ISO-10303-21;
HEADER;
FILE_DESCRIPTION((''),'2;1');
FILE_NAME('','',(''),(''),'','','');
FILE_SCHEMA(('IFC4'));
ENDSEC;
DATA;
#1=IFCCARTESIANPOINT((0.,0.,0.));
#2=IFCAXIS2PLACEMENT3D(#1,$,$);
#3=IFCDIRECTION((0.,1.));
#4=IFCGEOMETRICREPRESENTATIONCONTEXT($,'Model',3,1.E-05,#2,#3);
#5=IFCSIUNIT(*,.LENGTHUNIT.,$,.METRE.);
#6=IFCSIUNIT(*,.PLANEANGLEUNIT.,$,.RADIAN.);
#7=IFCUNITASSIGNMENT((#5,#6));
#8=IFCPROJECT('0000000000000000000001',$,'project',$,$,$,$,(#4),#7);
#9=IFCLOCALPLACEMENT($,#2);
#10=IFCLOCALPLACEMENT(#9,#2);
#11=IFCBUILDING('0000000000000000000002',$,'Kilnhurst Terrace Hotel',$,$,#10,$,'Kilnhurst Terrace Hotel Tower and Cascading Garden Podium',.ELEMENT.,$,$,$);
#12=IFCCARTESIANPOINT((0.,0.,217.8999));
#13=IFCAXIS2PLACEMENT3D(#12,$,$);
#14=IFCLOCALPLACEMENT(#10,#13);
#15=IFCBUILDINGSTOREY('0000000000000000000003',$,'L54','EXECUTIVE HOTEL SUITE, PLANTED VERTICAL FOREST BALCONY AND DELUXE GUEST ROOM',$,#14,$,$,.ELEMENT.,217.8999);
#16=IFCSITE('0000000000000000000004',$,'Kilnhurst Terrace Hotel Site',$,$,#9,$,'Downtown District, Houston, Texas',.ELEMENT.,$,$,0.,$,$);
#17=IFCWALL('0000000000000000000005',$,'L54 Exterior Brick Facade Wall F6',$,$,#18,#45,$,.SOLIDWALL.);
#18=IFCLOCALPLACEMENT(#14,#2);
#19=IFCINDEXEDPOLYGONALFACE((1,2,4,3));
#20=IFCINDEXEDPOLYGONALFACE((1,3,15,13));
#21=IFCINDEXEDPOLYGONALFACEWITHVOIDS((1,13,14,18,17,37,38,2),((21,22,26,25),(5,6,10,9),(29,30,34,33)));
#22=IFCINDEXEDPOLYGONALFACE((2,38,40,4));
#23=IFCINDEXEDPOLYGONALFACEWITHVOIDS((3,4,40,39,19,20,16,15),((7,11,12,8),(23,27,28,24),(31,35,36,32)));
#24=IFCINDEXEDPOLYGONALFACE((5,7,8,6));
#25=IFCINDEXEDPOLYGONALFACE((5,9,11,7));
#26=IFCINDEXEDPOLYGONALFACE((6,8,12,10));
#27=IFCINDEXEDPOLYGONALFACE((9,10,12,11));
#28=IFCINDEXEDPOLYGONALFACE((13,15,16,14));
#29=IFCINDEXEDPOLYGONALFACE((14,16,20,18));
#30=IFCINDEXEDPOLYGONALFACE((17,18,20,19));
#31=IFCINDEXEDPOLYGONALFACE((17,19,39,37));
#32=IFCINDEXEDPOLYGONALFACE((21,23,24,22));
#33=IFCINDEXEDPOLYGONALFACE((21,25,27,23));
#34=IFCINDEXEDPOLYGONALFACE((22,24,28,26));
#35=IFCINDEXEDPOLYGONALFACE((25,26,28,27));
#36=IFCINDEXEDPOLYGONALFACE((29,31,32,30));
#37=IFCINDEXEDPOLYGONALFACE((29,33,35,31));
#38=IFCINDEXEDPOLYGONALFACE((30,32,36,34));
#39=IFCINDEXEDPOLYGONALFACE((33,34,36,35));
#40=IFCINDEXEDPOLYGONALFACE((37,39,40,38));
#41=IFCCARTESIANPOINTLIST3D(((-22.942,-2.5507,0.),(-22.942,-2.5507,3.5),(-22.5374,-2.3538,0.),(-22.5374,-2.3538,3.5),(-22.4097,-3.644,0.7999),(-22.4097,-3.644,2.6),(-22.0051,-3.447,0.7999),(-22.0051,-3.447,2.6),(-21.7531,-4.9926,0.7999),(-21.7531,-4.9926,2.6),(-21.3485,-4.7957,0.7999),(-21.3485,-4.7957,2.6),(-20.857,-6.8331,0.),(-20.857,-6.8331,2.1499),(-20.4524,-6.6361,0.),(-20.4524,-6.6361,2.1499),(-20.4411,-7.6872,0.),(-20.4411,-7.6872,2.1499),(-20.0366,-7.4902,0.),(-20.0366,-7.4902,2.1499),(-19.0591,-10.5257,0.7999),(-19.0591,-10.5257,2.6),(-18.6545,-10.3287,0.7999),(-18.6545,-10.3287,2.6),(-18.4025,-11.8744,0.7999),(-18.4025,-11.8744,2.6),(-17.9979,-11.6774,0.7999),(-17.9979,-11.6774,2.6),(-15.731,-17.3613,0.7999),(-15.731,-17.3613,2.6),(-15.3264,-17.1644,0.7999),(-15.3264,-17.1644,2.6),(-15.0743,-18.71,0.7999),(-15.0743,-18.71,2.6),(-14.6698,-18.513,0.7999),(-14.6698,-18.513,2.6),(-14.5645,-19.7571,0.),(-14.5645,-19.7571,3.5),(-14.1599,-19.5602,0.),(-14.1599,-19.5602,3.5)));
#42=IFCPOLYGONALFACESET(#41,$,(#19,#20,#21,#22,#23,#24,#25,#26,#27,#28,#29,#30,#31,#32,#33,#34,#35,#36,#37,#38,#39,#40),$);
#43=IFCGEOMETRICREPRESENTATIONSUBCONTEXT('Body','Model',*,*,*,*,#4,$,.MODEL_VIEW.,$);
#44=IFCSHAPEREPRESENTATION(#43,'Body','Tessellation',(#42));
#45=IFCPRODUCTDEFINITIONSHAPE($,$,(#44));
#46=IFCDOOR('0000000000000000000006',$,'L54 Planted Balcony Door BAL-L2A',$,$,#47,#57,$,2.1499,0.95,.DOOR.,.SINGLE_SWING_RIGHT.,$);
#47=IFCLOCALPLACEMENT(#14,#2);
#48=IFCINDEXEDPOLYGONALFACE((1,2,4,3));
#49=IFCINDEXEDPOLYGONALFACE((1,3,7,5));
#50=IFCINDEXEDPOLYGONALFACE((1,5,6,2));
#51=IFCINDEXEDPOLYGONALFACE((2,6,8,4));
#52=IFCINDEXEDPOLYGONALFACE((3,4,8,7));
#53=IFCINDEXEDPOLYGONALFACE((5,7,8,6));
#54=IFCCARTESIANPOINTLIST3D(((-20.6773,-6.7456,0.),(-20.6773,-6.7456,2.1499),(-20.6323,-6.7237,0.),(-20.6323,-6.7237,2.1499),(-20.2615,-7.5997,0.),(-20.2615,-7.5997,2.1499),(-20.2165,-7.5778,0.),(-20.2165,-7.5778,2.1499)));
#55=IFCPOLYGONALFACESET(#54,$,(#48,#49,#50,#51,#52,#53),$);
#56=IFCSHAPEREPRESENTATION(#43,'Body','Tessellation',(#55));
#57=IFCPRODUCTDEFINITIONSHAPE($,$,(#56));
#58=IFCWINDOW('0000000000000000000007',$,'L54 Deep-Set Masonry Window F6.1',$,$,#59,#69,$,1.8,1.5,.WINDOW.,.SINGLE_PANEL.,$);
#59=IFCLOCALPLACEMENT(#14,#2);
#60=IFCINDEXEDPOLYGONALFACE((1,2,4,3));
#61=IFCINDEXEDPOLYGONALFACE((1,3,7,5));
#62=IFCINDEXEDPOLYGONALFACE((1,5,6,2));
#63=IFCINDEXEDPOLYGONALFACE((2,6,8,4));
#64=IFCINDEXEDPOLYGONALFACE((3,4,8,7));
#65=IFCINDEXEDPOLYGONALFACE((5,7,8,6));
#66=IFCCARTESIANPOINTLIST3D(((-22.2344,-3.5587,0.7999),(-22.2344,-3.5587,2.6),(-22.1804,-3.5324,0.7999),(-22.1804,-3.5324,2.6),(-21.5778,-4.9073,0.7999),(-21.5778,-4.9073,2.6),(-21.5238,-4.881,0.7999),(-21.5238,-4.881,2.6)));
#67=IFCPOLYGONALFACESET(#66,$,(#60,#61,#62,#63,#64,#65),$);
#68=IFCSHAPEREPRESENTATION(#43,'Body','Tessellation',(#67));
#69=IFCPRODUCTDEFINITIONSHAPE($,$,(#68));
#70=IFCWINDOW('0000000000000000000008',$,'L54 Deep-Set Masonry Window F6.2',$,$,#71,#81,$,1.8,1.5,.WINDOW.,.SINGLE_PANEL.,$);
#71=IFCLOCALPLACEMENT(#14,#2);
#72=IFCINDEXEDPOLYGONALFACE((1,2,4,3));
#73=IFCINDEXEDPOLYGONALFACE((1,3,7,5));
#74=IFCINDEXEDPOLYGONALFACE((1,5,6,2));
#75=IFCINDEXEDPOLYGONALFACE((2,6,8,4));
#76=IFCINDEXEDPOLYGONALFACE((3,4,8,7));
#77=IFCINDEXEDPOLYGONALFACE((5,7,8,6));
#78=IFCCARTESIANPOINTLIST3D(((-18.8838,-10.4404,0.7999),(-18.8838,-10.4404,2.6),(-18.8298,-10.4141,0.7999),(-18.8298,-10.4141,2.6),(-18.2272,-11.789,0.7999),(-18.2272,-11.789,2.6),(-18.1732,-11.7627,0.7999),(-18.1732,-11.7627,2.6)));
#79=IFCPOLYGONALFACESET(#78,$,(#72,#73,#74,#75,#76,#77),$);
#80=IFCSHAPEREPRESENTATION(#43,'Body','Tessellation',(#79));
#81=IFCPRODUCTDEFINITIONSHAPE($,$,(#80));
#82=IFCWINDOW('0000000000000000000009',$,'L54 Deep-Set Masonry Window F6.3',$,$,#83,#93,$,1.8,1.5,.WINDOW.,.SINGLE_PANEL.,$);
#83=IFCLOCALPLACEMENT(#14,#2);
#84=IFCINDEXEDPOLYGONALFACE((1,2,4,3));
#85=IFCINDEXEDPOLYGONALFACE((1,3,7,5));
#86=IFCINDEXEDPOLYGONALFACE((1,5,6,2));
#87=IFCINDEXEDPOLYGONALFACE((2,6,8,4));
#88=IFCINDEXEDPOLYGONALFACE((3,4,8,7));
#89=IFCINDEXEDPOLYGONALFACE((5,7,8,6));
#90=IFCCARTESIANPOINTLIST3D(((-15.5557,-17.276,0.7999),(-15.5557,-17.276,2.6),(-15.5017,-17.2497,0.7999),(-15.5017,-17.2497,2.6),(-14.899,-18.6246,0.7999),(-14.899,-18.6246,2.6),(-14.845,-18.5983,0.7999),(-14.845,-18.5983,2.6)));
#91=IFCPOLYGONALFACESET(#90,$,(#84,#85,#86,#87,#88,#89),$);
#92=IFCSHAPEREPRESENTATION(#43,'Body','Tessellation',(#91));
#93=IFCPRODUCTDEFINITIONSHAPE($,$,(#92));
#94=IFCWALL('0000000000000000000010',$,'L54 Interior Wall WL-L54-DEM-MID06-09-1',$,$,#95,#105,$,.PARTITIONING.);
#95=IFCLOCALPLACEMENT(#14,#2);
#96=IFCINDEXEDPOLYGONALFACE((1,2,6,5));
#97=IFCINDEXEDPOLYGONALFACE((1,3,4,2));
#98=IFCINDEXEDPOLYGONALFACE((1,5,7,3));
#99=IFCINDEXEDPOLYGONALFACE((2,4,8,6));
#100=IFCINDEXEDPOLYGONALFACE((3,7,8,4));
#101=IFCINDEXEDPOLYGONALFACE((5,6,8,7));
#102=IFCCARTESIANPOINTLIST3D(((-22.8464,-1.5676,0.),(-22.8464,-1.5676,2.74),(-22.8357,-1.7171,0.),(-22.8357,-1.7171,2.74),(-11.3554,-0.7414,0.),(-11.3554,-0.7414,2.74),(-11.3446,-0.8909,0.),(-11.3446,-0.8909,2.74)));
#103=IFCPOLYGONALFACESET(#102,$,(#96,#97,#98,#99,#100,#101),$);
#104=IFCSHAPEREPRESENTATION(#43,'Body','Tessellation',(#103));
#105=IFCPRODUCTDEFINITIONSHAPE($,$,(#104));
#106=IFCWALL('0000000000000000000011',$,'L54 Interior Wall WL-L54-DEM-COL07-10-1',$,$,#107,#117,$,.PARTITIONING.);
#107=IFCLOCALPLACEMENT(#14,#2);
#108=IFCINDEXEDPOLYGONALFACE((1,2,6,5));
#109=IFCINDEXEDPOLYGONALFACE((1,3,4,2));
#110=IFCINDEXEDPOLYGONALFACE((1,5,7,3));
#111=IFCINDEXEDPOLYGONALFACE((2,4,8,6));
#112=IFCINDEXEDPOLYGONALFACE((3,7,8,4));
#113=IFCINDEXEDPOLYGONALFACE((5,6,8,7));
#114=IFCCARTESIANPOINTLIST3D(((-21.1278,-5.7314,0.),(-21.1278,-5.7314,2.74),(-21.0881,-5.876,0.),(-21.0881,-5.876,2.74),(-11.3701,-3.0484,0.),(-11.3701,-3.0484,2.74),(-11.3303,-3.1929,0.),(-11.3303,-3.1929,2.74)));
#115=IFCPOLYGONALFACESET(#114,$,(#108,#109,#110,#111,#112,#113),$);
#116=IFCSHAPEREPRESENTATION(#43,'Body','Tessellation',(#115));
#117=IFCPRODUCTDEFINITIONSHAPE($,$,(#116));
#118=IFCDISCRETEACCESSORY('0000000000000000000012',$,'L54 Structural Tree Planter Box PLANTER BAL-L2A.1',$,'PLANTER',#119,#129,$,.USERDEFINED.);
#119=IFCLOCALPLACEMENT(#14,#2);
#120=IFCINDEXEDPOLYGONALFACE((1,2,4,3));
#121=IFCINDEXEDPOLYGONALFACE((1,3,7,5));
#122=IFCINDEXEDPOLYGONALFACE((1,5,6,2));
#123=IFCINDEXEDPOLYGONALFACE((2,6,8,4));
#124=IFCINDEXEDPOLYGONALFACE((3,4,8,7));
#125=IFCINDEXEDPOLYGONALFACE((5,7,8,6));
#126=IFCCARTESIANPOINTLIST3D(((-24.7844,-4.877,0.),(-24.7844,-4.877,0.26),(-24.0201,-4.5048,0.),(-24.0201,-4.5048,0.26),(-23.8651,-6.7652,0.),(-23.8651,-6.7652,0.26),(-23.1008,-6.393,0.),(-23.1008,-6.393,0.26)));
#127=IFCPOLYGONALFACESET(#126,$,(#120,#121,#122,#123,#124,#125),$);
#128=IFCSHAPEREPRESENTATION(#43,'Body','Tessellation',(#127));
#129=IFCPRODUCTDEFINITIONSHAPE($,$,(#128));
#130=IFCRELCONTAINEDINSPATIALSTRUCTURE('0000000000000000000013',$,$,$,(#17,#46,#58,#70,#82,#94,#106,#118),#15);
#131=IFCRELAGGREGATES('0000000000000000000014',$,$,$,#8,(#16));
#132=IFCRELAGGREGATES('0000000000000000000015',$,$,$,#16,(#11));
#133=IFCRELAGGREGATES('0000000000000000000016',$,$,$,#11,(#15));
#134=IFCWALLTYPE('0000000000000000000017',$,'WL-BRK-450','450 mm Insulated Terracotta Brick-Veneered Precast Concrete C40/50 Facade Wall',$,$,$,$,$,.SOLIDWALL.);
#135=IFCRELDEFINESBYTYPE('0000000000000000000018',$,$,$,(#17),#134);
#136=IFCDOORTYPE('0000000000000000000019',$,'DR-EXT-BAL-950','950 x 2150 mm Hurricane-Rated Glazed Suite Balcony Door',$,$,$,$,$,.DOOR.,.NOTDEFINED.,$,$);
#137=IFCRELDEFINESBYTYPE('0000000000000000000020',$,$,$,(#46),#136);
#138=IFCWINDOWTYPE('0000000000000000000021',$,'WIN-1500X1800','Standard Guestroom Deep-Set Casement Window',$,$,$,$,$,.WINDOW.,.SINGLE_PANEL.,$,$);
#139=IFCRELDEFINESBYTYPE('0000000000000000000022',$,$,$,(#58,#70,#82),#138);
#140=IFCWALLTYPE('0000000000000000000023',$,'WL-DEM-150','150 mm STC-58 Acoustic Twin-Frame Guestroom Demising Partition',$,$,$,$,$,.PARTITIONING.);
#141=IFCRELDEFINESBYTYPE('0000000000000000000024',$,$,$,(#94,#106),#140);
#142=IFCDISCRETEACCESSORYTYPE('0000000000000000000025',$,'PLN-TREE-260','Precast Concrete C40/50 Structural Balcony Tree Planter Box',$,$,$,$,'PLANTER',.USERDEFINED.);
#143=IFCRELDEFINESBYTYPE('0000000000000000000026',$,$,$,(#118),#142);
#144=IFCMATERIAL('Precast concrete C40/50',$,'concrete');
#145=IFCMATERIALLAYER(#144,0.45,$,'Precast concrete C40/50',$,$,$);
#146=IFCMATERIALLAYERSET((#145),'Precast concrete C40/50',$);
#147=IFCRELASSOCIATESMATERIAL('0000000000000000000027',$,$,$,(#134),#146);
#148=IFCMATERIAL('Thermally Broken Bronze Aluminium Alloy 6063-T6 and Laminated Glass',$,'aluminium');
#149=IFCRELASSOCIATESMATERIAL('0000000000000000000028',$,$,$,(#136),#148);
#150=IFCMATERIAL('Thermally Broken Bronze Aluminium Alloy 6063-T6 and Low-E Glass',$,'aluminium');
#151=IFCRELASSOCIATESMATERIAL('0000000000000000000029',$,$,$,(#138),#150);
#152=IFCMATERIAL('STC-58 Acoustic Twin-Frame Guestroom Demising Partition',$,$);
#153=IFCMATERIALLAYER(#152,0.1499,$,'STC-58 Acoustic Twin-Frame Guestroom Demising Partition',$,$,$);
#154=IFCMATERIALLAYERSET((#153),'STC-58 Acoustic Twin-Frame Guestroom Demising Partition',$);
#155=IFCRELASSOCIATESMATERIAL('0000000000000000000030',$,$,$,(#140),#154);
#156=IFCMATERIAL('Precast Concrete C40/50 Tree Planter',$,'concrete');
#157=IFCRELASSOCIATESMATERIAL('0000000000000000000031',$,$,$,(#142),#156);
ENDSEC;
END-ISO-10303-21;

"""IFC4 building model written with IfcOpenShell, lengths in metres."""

from ifc_helpers import new_model, si_unit, direction, frame, frame_2d, origin, origin_2d, place, context, subcontext, project, spatial, rectangle, extrude, material, layer, layer_set, type_object, element, fill, save


model = new_model("IFC4")

# Units and contexts
model_context = context("Model", 3, precision=1e-05, world=origin(), true_north=direction((0.0, 1.0)))
body_context = subcontext(model_context, "Body", "Model", "MODEL_VIEW")
ifc_project = project(units=[si_unit("LENGTHUNIT", "METRE"), si_unit("PLANEANGLEUNIT", "RADIAN")], contexts=[model_context])

# Site, building, storey
site_placement = place(None, origin())
site = spatial("IfcSite", under=ifc_project, at=site_placement, Name="Kilnhurst Terrace Hotel Site", LongName="Downtown District, Houston, Texas", CompositionType="ELEMENT", RefElevation=0.0)
building_placement = place(site_placement, origin())
building = spatial("IfcBuilding", under=site, at=building_placement, Name="Kilnhurst Terrace Hotel", LongName="Kilnhurst Terrace Hotel Tower and Cascading Garden Podium", CompositionType="ELEMENT")
storey_placement = place(building_placement, frame((0.0, 0.0, 217.8999)))
storey = spatial("IfcBuildingStorey", under=building, at=storey_placement, Name="L54", Description="EXECUTIVE HOTEL SUITE, PLANTED VERTICAL FOREST BALCONY AND DELUXE GUEST ROOM", CompositionType="ELEMENT", Elevation=217.8999)

# Shared definitions
ifc_material_1 = material(Name="Precast concrete C40/50", Category="concrete")
ifc_layer_1 = layer(ifc_material_1, 0.45, Name="Precast concrete C40/50")
ifc_layer_set_1 = layer_set([ifc_layer_1], Name="Precast concrete C40/50")
wall_type_1 = type_object("IfcWallType", Name="WL-BRK-450", Description="450 mm Insulated Terracotta Brick-Veneered Precast Concrete C40/50 Facade Wall", PredefinedType="SOLIDWALL", material=ifc_layer_set_1)

# Wall, openings, door, windows
wall_1_placement = place(storey_placement, frame((-22.7397, -2.4521, 0.0), z_axis=(0.0, 0.0, 1.0), x_axis=(0.437753, -0.899095, 0.0)))
wall_1 = element("IfcWall", 1, at=wall_1_placement, inside=storey, type_object=wall_type_1, Name="L54 Exterior Brick Facade Wall F6", PredefinedType="SOLIDWALL", context=body_context, shape_type="SweptSolid", body=[
    extrude(rectangle(XDim=19.1375, YDim=0.45, at=frame_2d((9.5688, 0.0))), origin(), (0.0, 0.0, 1.0), 3.5),
])
opening_1_placement = place(wall_1_placement, frame((4.7629, 0.0, 0.0)))
opening_1 = element("IfcOpeningElement", 2, at=opening_1_placement, cuts=wall_1, PredefinedType="OPENING", context=body_context, shape_type="SweptSolid", body=[
    extrude(rectangle(XDim=0.95, YDim=2.1499, at=frame_2d((0.4751, 1.075))), frame((0.0, 0.2349, 0.0), z_axis=(0.0, -1.0, 0.0), x_axis=(1.0, 0.0, 0.0)), (0.0, 0.0, 1.0), 0.47),
])
opening_2_placement = place(wall_1_placement, frame((1.2161, 0.0, 0.8)))
opening_2 = element("IfcOpeningElement", 3, at=opening_2_placement, cuts=wall_1, PredefinedType="OPENING", context=body_context, shape_type="SweptSolid", body=[
    extrude(rectangle(XDim=1.5, YDim=1.8, at=frame_2d((0.75, 0.8999))), frame((0.0, 0.2349, 0.0), z_axis=(0.0, -1.0, 0.0), x_axis=(1.0, 0.0, 0.0)), (0.0, 0.0, 1.0), 0.47),
])
opening_3_placement = place(wall_1_placement, frame((8.8701, 0.0, 0.8)))
opening_3 = element("IfcOpeningElement", 4, at=opening_3_placement, cuts=wall_1, PredefinedType="OPENING", context=body_context, shape_type="SweptSolid", body=[
    extrude(rectangle(XDim=1.5, YDim=1.8, at=frame_2d((0.75, 0.8999))), frame((0.0, 0.2349, 0.0), z_axis=(0.0, -1.0, 0.0), x_axis=(1.0, 0.0, 0.0)), (0.0, 0.0, 1.0), 0.47),
])
opening_4_placement = place(wall_1_placement, frame((16.4729, 0.0, 0.8)))
opening_4 = element("IfcOpeningElement", 5, at=opening_4_placement, cuts=wall_1, PredefinedType="OPENING", context=body_context, shape_type="SweptSolid", body=[
    extrude(rectangle(XDim=1.5, YDim=1.8, at=frame_2d((0.75, 0.8999))), frame((0.0, 0.2349, 0.0), z_axis=(0.0, -1.0, 0.0), x_axis=(1.0, 0.0, 0.0)), (0.0, 0.0, 1.0), 0.47),
])
ifc_material_2 = material(Name="Thermally Broken Bronze Aluminium Alloy 6063-T6 and Laminated Glass", Category="aluminium")
door_type_1 = type_object("IfcDoorType", Name="DR-EXT-BAL-950", Description="950 x 2150 mm Hurricane-Rated Glazed Suite Balcony Door", OperationType="NOTDEFINED", PredefinedType="DOOR", material=ifc_material_2)
door_1_placement = place(opening_1_placement, origin())
door_1 = element("IfcDoor", 6, at=door_1_placement, inside=storey, type_object=door_type_1, Name="L54 Planted Balcony Door BAL-L2A", OperationType="SINGLE_SWING_RIGHT", OverallHeight=2.1499, OverallWidth=0.95, PredefinedType="DOOR", context=body_context, shape_type="SweptSolid", body=[
    extrude(rectangle(XDim=0.95, YDim=2.1499, at=frame_2d((0.4751, 1.075))), frame((0.0, 0.0249, 0.0), z_axis=(0.0, -1.0, 0.0), x_axis=(1.0, 0.0, 0.0)), (0.0, 0.0, 1.0), 0.05),
])
fill(opening_1, door_1)
ifc_material_3 = material(Name="Thermally Broken Bronze Aluminium Alloy 6063-T6 and Low-E Glass", Category="aluminium")
window_type = type_object("IfcWindowType", Name="WIN-1500X1800", Description="Standard Guestroom Deep-Set Casement Window", PartitioningType="SINGLE_PANEL", PredefinedType="WINDOW", material=ifc_material_3)
window_1_placement = place(opening_2_placement, origin())
window_1 = element("IfcWindow", 7, at=window_1_placement, inside=storey, type_object=window_type, Name="L54 Deep-Set Masonry Window F6.1", OverallHeight=1.8, OverallWidth=1.5, PartitioningType="SINGLE_PANEL", PredefinedType="WINDOW", context=body_context, shape_type="SweptSolid", body=[
    extrude(rectangle(XDim=1.5, YDim=1.8, at=frame_2d((0.75, 0.8999))), frame((0.0, 0.03, 0.0), z_axis=(0.0, -1.0, 0.0), x_axis=(1.0, 0.0, 0.0)), (0.0, 0.0, 1.0), 0.0601),
])
fill(opening_2, window_1)
window_2_placement = place(opening_3_placement, origin())
window_2 = element("IfcWindow", 8, at=window_2_placement, inside=storey, type_object=window_type, Name="L54 Deep-Set Masonry Window F6.2", OverallHeight=1.8, OverallWidth=1.5, PartitioningType="SINGLE_PANEL", PredefinedType="WINDOW", context=body_context, shape_type="SweptSolid", body=[
    extrude(rectangle(XDim=1.5, YDim=1.8, at=frame_2d((0.75, 0.8999))), frame((0.0, 0.03, 0.0), z_axis=(0.0, -1.0, 0.0), x_axis=(1.0, 0.0, 0.0)), (0.0, 0.0, 1.0), 0.0601),
])
fill(opening_3, window_2)
window_3_placement = place(opening_4_placement, origin())
window_3 = element("IfcWindow", 9, at=window_3_placement, inside=storey, type_object=window_type, Name="L54 Deep-Set Masonry Window F6.3", OverallHeight=1.8, OverallWidth=1.5, PartitioningType="SINGLE_PANEL", PredefinedType="WINDOW", context=body_context, shape_type="SweptSolid", body=[
    extrude(rectangle(XDim=1.5, YDim=1.8, at=frame_2d((0.75, 0.8999))), frame((0.0, 0.03, 0.0), z_axis=(0.0, -1.0, 0.0), x_axis=(1.0, 0.0, 0.0)), (0.0, 0.0, 1.0), 0.0601),
])
fill(opening_4, window_3)

# Walls
ifc_material_4 = material(Name="STC-58 Acoustic Twin-Frame Guestroom Demising Partition")
ifc_layer_2 = layer(ifc_material_4, 0.1499, Name="STC-58 Acoustic Twin-Frame Guestroom Demising Partition")
ifc_layer_set_2 = layer_set([ifc_layer_2], Name="STC-58 Acoustic Twin-Frame Guestroom Demising Partition")
wall_type_2 = type_object("IfcWallType", Name="WL-DEM-150", Description="150 mm STC-58 Acoustic Twin-Frame Guestroom Demising Partition", PredefinedType="PARTITIONING", material=ifc_layer_set_2)
wall_2_placement = place(storey_placement, frame((-11.3501, -0.8162, 0.0), z_axis=(0.0, 0.0, 1.0), x_axis=(-0.997425, -0.071711, 0.0)))
element("IfcWall", 10, at=wall_2_placement, inside=storey, type_object=wall_type_2, Name="L54 Interior Wall WL-L54-DEM-MID06-09-1", PredefinedType="PARTITIONING", context=body_context, shape_type="SweptSolid", body=[
    extrude(rectangle(XDim=11.5208, YDim=0.1499, at=frame_2d((5.7603, 0.0))), origin(), (0.0, 0.0, 1.0), 2.74),
])
wall_3_placement = place(storey_placement, frame((-11.3501, -3.1206, 0.0), z_axis=(0.0, 0.0, 1.0), x_axis=(-0.964213, -0.26513, 0.0)))
element("IfcWall", 11, at=wall_3_placement, inside=storey, type_object=wall_type_2, Name="L54 Interior Wall WL-L54-DEM-COL07-10-1", PredefinedType="PARTITIONING", context=body_context, shape_type="SweptSolid", body=[
    extrude(rectangle(XDim=10.1199, YDim=0.1499, at=frame_2d((5.0601, 0.0))), origin(), (0.0, 0.0, 1.0), 2.74),
])

# Discrete accessory
ifc_material_5 = material(Name="Precast Concrete C40/50 Tree Planter", Category="concrete")
discrete_accessory_type = type_object("IfcDiscreteAccessoryType", Name="PLN-TREE-260", Description="Precast Concrete C40/50 Structural Balcony Tree Planter Box", ElementType="PLANTER", PredefinedType="USERDEFINED", material=ifc_material_5)
discrete_accessory_placement = place(storey_placement, frame((-23.9426, -5.635, 0.0), z_axis=(0.0, 0.0, 1.0), x_axis=(0.437744, -0.8991, 0.0)))
element("IfcDiscreteAccessory", 12, at=discrete_accessory_placement, inside=storey, type_object=discrete_accessory_type, Name="L54 Structural Tree Planter Box PLANTER BAL-L2A.1", ObjectType="PLANTER", PredefinedType="USERDEFINED", context=body_context, shape_type="SweptSolid", body=[
    extrude(rectangle(XDim=2.1001, YDim=0.8501, at=origin_2d()), origin(), (0.0, 0.0, 1.0), 0.26),
])

save(model, "model.ifc")
